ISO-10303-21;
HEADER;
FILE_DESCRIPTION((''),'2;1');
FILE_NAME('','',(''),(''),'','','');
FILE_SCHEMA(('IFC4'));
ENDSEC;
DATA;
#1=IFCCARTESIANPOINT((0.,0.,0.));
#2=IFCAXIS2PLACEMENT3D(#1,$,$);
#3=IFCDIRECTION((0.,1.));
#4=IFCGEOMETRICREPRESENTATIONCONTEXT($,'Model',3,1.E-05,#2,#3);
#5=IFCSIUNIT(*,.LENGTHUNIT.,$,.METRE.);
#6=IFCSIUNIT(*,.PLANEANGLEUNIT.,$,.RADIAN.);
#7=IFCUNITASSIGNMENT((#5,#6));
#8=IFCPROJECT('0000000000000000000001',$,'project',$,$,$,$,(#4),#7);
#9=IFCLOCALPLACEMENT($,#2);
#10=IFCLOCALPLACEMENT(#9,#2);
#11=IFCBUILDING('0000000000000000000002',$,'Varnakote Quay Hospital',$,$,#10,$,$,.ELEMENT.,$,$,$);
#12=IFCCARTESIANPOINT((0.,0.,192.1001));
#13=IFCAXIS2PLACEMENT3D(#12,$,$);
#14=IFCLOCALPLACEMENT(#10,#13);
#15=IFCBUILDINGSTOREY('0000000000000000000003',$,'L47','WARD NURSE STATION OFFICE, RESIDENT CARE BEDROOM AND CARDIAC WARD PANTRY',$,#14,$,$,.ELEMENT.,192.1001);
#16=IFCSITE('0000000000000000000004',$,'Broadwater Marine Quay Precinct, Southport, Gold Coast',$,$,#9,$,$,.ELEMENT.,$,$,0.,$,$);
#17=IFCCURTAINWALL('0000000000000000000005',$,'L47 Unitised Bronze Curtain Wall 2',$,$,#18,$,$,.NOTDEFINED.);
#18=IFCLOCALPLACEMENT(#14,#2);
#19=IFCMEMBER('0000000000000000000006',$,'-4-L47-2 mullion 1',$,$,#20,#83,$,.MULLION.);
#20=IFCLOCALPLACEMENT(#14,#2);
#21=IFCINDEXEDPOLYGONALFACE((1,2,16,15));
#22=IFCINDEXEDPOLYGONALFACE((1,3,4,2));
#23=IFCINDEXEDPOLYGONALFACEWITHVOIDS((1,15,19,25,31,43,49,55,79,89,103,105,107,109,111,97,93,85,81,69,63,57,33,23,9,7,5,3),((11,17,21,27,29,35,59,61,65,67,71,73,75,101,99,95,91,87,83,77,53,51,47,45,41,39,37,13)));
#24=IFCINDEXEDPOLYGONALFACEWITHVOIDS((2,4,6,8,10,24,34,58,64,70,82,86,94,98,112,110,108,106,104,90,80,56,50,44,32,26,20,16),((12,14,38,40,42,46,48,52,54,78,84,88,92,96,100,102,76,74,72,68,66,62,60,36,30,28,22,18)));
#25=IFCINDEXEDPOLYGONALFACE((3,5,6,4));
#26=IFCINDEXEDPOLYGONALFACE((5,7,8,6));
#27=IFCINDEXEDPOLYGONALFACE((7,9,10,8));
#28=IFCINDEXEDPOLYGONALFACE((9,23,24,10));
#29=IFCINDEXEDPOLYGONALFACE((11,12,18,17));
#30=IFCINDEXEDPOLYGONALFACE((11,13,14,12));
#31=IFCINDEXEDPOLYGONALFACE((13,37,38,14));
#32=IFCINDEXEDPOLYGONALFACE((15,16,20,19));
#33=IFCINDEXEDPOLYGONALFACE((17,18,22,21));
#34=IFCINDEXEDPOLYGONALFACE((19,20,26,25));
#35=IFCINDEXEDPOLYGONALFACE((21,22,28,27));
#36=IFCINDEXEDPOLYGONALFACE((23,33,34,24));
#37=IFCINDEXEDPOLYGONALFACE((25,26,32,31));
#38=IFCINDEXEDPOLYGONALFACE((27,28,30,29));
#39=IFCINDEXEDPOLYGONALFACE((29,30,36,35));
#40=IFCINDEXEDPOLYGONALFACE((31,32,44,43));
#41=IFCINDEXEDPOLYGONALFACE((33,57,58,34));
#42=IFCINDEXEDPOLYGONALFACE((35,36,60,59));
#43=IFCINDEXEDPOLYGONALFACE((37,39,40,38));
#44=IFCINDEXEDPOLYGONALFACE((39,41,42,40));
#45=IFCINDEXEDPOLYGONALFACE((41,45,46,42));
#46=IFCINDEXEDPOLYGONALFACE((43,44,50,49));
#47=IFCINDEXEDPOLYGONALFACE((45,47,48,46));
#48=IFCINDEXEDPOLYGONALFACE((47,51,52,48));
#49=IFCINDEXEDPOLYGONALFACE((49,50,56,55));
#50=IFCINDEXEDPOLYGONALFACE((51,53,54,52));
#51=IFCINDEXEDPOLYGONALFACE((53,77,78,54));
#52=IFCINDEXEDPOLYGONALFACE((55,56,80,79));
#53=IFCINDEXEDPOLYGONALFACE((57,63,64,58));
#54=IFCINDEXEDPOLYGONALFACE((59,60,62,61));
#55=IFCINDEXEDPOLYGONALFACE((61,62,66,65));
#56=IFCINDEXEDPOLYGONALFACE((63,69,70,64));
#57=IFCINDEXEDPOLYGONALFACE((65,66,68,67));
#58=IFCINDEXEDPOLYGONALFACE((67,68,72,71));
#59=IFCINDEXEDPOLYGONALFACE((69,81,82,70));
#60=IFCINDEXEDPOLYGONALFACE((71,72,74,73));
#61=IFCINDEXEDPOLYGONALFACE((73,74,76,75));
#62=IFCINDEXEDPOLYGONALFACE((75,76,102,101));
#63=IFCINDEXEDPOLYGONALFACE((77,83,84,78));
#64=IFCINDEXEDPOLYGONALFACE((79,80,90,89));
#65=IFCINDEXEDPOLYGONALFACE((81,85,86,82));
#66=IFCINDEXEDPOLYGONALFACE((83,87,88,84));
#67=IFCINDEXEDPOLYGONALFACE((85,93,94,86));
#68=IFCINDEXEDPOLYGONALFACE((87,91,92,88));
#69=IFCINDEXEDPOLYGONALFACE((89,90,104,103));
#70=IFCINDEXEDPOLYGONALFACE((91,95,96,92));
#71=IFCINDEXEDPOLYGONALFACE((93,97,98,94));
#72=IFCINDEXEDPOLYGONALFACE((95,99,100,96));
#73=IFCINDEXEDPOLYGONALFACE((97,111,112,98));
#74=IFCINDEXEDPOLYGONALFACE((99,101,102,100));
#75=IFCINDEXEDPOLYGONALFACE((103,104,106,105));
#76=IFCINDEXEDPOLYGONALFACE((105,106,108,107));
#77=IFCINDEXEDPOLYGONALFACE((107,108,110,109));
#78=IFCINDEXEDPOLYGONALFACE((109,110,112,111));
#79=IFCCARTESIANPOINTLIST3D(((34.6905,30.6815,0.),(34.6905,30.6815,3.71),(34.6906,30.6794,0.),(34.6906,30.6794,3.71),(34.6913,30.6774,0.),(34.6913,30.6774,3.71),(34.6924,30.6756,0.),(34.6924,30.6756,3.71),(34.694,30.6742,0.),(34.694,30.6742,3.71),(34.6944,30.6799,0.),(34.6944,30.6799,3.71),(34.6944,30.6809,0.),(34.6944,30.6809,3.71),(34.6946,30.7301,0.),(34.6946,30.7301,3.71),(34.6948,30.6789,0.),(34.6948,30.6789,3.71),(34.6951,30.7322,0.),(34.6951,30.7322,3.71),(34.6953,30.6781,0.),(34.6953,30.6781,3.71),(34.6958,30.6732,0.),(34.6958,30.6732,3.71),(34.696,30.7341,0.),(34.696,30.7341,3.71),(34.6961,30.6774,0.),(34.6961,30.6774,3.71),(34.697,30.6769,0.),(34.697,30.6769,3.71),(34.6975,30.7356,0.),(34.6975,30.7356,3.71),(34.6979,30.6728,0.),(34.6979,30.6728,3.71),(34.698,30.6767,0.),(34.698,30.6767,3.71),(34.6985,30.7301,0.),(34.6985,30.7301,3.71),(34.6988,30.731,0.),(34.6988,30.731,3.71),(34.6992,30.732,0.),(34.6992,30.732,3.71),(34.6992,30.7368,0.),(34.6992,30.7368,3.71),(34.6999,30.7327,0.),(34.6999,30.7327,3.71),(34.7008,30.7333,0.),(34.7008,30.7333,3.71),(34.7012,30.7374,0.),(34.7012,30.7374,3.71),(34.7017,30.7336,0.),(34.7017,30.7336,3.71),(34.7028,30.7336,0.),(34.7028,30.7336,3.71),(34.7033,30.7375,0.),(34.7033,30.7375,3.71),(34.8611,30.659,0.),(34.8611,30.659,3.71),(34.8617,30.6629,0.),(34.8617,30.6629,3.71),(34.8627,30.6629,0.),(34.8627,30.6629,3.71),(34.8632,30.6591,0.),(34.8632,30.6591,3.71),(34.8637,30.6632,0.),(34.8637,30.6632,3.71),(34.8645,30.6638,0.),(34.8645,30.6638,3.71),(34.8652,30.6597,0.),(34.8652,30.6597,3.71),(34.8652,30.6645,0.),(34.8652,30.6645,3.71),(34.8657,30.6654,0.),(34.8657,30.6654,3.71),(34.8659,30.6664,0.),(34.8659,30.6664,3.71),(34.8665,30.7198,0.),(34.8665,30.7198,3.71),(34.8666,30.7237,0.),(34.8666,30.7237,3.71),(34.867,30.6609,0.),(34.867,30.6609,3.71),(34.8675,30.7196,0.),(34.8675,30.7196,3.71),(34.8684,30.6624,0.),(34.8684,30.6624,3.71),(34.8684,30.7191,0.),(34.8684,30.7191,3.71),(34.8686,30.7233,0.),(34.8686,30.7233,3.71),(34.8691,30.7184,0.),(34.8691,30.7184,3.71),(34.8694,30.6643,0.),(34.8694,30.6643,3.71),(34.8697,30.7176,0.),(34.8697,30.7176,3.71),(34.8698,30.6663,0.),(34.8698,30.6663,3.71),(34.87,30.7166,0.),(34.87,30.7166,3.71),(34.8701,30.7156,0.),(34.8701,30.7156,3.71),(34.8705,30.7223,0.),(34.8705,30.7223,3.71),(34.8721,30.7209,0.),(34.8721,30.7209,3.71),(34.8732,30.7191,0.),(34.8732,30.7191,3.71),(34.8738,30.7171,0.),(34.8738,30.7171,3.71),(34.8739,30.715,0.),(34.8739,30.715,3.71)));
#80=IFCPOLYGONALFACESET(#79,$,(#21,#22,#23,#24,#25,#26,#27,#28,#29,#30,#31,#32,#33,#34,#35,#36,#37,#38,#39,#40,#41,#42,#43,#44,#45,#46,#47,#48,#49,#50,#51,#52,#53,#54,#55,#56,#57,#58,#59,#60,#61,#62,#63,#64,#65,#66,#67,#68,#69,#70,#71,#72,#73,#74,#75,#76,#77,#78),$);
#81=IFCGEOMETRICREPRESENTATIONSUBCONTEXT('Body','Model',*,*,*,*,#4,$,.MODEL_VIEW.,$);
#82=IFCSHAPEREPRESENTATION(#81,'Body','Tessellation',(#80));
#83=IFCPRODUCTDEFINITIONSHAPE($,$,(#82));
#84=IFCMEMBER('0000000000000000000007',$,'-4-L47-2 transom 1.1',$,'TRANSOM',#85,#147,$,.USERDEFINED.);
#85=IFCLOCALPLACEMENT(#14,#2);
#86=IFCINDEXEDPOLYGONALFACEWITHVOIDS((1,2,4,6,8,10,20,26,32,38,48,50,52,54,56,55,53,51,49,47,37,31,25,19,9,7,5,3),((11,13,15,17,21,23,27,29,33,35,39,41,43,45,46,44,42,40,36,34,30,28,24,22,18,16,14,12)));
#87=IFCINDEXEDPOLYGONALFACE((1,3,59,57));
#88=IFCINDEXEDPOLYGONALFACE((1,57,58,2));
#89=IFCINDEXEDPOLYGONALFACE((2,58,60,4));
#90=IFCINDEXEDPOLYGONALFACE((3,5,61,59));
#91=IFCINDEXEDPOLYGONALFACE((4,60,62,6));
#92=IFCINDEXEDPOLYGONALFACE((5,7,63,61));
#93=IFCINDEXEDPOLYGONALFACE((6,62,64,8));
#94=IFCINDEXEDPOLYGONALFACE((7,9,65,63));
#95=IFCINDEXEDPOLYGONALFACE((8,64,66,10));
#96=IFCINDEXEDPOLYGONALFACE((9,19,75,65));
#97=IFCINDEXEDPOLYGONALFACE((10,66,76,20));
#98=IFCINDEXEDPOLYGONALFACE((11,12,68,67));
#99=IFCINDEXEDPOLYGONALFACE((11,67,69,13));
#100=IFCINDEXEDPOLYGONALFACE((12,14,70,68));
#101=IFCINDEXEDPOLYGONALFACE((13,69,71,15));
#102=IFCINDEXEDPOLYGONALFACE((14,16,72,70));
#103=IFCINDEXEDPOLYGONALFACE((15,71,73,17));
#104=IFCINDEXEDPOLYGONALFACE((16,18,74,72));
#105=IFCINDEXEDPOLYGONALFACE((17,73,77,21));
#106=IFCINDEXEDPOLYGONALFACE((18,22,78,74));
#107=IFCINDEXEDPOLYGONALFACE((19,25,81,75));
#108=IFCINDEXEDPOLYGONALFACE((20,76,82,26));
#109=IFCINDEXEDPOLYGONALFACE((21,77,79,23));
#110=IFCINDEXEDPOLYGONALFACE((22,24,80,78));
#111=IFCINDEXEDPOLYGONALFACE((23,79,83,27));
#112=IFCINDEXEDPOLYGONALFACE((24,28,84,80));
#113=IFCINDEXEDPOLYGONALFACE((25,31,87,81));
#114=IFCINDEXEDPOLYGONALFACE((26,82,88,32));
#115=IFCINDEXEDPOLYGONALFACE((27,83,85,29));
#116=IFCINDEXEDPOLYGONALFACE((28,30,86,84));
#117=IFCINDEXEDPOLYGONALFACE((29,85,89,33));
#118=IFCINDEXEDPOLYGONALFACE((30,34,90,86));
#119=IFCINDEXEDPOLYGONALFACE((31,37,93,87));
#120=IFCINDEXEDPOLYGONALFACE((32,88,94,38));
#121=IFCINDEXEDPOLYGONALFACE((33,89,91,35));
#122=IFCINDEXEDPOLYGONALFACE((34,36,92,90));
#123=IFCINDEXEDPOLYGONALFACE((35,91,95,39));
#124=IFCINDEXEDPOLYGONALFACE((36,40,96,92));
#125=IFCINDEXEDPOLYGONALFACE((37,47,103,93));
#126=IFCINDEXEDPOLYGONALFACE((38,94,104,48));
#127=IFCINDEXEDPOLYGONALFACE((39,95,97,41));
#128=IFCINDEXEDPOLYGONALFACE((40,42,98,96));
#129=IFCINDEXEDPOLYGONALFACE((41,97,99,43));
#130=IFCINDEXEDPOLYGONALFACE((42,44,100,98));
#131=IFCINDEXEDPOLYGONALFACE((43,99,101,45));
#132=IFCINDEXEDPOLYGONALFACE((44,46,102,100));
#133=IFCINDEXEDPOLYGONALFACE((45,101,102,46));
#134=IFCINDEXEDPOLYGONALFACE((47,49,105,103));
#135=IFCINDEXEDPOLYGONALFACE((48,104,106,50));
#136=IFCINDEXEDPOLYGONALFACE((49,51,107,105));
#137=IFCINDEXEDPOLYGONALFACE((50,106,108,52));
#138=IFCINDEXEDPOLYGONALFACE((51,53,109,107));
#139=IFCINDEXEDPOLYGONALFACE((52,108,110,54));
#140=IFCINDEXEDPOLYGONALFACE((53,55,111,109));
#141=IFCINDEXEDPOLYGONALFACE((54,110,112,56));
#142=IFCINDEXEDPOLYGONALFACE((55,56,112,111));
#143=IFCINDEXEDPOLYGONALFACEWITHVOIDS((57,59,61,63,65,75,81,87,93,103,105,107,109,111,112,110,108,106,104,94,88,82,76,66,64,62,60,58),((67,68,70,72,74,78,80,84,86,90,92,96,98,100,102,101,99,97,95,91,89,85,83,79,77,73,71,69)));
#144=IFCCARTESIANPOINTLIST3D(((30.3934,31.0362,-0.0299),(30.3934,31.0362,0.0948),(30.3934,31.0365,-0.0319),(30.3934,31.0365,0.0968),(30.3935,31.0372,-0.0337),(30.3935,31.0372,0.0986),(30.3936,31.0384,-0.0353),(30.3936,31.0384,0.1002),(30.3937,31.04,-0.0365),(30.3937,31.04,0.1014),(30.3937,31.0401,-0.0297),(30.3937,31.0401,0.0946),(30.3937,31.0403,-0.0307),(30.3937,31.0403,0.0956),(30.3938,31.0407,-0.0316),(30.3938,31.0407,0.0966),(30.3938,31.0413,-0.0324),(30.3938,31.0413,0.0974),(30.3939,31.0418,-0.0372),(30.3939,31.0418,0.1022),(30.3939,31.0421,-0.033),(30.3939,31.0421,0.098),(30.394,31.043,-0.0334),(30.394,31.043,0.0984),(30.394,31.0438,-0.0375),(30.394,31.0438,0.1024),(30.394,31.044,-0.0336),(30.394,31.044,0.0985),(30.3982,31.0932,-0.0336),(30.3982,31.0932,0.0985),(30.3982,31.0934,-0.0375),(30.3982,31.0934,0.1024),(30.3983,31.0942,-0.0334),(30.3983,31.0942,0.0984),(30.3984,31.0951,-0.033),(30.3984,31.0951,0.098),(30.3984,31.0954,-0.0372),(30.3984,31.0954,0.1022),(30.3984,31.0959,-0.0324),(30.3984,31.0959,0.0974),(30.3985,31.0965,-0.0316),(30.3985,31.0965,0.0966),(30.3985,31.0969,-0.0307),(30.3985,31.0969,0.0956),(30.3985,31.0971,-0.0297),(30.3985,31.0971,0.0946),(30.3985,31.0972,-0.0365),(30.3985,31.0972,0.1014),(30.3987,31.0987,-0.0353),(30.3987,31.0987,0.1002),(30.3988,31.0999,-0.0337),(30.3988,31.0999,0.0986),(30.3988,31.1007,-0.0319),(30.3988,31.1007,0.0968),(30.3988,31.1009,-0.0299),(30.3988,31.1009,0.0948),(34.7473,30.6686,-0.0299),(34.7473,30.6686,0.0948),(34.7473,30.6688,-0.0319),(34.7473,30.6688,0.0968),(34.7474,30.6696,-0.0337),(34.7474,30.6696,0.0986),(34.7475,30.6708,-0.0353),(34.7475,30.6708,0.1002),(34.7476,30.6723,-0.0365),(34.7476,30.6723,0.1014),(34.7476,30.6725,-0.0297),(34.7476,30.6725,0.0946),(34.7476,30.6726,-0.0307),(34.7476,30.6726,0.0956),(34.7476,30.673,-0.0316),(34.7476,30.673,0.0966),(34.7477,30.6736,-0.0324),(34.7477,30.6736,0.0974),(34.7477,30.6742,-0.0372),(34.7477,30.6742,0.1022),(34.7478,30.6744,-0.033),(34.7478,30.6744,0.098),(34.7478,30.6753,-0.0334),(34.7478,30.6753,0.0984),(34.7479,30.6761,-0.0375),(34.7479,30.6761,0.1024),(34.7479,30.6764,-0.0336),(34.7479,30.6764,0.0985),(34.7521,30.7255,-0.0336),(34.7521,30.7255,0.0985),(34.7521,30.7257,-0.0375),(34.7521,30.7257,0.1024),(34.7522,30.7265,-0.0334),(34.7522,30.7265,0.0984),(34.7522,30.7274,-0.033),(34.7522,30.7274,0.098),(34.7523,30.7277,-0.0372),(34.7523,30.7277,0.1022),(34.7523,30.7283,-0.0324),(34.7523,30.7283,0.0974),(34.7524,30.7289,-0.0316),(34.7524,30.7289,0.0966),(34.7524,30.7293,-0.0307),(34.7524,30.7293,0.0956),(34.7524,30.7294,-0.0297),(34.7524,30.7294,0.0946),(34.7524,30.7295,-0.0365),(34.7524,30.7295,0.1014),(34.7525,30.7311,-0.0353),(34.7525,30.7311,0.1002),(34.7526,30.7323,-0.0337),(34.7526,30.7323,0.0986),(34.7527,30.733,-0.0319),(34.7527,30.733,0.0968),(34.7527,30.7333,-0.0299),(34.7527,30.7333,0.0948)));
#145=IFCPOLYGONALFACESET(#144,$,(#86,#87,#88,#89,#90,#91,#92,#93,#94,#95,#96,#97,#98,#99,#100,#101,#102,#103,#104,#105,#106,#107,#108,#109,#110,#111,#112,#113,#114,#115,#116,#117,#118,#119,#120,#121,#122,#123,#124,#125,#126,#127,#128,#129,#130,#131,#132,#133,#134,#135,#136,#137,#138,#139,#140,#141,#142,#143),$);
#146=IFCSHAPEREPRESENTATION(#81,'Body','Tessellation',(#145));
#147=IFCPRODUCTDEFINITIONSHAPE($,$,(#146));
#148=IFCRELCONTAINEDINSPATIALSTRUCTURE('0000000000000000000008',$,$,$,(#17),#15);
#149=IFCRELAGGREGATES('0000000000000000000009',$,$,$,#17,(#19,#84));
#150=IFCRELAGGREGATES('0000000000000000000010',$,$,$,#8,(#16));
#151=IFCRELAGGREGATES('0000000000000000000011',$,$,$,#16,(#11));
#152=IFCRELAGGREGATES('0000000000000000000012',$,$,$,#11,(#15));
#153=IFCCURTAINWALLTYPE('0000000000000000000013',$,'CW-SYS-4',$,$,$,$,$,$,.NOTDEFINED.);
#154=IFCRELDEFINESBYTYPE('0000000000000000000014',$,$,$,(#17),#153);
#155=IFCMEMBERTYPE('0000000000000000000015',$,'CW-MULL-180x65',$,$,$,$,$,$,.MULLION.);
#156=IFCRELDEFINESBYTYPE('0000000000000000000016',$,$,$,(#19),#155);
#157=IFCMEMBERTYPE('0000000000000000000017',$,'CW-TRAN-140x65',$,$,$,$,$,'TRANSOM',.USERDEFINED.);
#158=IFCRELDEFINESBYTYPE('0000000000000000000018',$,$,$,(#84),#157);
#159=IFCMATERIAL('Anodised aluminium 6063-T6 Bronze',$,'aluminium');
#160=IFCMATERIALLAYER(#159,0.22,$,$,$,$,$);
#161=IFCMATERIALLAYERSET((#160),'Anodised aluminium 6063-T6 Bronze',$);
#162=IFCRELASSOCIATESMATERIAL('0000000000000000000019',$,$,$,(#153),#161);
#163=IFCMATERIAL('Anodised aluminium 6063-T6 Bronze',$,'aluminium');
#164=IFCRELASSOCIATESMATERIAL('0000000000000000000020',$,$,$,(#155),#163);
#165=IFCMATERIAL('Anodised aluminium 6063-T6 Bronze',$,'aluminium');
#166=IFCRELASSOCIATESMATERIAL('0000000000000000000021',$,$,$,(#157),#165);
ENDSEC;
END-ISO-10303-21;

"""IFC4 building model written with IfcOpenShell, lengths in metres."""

from ifc_helpers import new_model, si_unit, direction, frame, origin, origin_2d, place, context, subcontext, project, spatial, hollow_rectangle, extrude, material, layer, layer_set, material_profile, profile_set, type_object, element, aggregate, save


model = new_model("IFC4")

# Units and contexts
model_context = context("Model", 3, precision=1e-05, world=origin(), true_north=direction((0.0, 1.0)))
body_context = subcontext(model_context, "Body", "Model", "MODEL_VIEW")
ifc_project = project(units=[si_unit("LENGTHUNIT", "METRE"), si_unit("PLANEANGLEUNIT", "RADIAN")], contexts=[model_context])

# Site, building, storey
site_placement = place(None, origin())
site = spatial("IfcSite", under=ifc_project, at=site_placement, Name="Broadwater Marine Quay Precinct, Southport, Gold Coast", CompositionType="ELEMENT", RefElevation=0.0)
building_placement = place(site_placement, origin())
building = spatial("IfcBuilding", under=site, at=building_placement, Name="Varnakote Quay Hospital", CompositionType="ELEMENT")
storey_placement = place(building_placement, frame((0.0, 0.0, 192.1001)))
storey = spatial("IfcBuildingStorey", under=building, at=storey_placement, Name="L47", Description="WARD NURSE STATION OFFICE, RESIDENT CARE BEDROOM AND CARDIAC WARD PANTRY", CompositionType="ELEMENT", Elevation=192.1001)

# Shared definitions
ifc_material_1 = material(Name="Anodised aluminium 6063-T6 Bronze", Category="aluminium")
ifc_layer_1 = layer(ifc_material_1, 0.22)
ifc_layer_set_1 = layer_set([ifc_layer_1], Name="Anodised aluminium 6063-T6 Bronze")
curtain_wall_type = type_object("IfcCurtainWallType", Name="CW-SYS-4", PredefinedType="NOTDEFINED", material=ifc_layer_set_1)
ifc_material_2 = material(Name="Anodised aluminium 6063-T6 Bronze", Category="aluminium")
ifc_material_profile_1 = material_profile(ifc_material_2, hollow_rectangle(XDim=0.0649, YDim=0.1799, WallThickness=0.0039, InnerFilletRadius=0.0039, OuterFilletRadius=0.0081, at=origin_2d()), Name="CW-MULL-180x65")
ifc_profile_set_1 = profile_set([ifc_material_profile_1], Name="Anodised aluminium 6063-T6 Bronze")
member_type_1 = type_object("IfcMemberType", Name="CW-MULL-180x65", PredefinedType="MULLION", material=ifc_profile_set_1)

# Curtain wall, members
curtain_wall_1_placement = place(storey_placement, origin())
curtain_wall_1 = element("IfcCurtainWall", 1, at=curtain_wall_1_placement, inside=storey, type_object=curtain_wall_type, Name="L47 Unitised Bronze Curtain Wall 2", PredefinedType="NOTDEFINED")
member_1_placement = place(storey_placement, frame((34.7822, 30.6982, 0.0), z_axis=(0.0, 0.0, 1.0), x_axis=(-0.084136, -0.996454, 0.0)))
member_1 = element("IfcMember", 2, at=member_1_placement, type_object=member_type_1, Name="-4-L47-2 mullion 1", PredefinedType="MULLION", context=body_context, shape_type="SweptSolid", body=[
    extrude(hollow_rectangle(XDim=0.0649, YDim=0.1799, WallThickness=0.0039, InnerFilletRadius=0.0039, OuterFilletRadius=0.0081, at=origin_2d()), origin(), (0.0, 0.0, 1.0), 3.71),
])
ifc_material_3 = material(Name="Anodised aluminium 6063-T6 Bronze", Category="aluminium")
ifc_material_profile_2 = material_profile(ifc_material_3, hollow_rectangle(XDim=0.0649, YDim=0.1399, WallThickness=0.0039, InnerFilletRadius=0.0039, OuterFilletRadius=0.0076, at=origin_2d()), Name="CW-TRAN-140x65")
ifc_profile_set_2 = profile_set([ifc_material_profile_2], Name="Anodised aluminium 6063-T6 Bronze")
member_type_2 = type_object("IfcMemberType", Name="CW-TRAN-140x65", ElementType="TRANSOM", PredefinedType="USERDEFINED", material=ifc_profile_set_2)
member_2_placement = place(storey_placement, frame((34.75, 30.7009, 0.0325), z_axis=(-0.996453, 0.084146, 0.0), x_axis=(-0.084146, -0.996453, 0.0)))
member_2 = element("IfcMember", 3, at=member_2_placement, type_object=member_type_2, Name="-4-L47-2 transom 1.1", ObjectType="TRANSOM", PredefinedType="USERDEFINED", context=body_context, shape_type="SweptSolid", body=[
    extrude(hollow_rectangle(XDim=0.0649, YDim=0.1399, WallThickness=0.0039, InnerFilletRadius=0.0039, OuterFilletRadius=0.0076, at=origin_2d()), origin(), (0.0, 0.0, 1.0), 4.3694),
])

aggregate(curtain_wall_1, [member_1, member_2])

save(model, "model.ifc")
